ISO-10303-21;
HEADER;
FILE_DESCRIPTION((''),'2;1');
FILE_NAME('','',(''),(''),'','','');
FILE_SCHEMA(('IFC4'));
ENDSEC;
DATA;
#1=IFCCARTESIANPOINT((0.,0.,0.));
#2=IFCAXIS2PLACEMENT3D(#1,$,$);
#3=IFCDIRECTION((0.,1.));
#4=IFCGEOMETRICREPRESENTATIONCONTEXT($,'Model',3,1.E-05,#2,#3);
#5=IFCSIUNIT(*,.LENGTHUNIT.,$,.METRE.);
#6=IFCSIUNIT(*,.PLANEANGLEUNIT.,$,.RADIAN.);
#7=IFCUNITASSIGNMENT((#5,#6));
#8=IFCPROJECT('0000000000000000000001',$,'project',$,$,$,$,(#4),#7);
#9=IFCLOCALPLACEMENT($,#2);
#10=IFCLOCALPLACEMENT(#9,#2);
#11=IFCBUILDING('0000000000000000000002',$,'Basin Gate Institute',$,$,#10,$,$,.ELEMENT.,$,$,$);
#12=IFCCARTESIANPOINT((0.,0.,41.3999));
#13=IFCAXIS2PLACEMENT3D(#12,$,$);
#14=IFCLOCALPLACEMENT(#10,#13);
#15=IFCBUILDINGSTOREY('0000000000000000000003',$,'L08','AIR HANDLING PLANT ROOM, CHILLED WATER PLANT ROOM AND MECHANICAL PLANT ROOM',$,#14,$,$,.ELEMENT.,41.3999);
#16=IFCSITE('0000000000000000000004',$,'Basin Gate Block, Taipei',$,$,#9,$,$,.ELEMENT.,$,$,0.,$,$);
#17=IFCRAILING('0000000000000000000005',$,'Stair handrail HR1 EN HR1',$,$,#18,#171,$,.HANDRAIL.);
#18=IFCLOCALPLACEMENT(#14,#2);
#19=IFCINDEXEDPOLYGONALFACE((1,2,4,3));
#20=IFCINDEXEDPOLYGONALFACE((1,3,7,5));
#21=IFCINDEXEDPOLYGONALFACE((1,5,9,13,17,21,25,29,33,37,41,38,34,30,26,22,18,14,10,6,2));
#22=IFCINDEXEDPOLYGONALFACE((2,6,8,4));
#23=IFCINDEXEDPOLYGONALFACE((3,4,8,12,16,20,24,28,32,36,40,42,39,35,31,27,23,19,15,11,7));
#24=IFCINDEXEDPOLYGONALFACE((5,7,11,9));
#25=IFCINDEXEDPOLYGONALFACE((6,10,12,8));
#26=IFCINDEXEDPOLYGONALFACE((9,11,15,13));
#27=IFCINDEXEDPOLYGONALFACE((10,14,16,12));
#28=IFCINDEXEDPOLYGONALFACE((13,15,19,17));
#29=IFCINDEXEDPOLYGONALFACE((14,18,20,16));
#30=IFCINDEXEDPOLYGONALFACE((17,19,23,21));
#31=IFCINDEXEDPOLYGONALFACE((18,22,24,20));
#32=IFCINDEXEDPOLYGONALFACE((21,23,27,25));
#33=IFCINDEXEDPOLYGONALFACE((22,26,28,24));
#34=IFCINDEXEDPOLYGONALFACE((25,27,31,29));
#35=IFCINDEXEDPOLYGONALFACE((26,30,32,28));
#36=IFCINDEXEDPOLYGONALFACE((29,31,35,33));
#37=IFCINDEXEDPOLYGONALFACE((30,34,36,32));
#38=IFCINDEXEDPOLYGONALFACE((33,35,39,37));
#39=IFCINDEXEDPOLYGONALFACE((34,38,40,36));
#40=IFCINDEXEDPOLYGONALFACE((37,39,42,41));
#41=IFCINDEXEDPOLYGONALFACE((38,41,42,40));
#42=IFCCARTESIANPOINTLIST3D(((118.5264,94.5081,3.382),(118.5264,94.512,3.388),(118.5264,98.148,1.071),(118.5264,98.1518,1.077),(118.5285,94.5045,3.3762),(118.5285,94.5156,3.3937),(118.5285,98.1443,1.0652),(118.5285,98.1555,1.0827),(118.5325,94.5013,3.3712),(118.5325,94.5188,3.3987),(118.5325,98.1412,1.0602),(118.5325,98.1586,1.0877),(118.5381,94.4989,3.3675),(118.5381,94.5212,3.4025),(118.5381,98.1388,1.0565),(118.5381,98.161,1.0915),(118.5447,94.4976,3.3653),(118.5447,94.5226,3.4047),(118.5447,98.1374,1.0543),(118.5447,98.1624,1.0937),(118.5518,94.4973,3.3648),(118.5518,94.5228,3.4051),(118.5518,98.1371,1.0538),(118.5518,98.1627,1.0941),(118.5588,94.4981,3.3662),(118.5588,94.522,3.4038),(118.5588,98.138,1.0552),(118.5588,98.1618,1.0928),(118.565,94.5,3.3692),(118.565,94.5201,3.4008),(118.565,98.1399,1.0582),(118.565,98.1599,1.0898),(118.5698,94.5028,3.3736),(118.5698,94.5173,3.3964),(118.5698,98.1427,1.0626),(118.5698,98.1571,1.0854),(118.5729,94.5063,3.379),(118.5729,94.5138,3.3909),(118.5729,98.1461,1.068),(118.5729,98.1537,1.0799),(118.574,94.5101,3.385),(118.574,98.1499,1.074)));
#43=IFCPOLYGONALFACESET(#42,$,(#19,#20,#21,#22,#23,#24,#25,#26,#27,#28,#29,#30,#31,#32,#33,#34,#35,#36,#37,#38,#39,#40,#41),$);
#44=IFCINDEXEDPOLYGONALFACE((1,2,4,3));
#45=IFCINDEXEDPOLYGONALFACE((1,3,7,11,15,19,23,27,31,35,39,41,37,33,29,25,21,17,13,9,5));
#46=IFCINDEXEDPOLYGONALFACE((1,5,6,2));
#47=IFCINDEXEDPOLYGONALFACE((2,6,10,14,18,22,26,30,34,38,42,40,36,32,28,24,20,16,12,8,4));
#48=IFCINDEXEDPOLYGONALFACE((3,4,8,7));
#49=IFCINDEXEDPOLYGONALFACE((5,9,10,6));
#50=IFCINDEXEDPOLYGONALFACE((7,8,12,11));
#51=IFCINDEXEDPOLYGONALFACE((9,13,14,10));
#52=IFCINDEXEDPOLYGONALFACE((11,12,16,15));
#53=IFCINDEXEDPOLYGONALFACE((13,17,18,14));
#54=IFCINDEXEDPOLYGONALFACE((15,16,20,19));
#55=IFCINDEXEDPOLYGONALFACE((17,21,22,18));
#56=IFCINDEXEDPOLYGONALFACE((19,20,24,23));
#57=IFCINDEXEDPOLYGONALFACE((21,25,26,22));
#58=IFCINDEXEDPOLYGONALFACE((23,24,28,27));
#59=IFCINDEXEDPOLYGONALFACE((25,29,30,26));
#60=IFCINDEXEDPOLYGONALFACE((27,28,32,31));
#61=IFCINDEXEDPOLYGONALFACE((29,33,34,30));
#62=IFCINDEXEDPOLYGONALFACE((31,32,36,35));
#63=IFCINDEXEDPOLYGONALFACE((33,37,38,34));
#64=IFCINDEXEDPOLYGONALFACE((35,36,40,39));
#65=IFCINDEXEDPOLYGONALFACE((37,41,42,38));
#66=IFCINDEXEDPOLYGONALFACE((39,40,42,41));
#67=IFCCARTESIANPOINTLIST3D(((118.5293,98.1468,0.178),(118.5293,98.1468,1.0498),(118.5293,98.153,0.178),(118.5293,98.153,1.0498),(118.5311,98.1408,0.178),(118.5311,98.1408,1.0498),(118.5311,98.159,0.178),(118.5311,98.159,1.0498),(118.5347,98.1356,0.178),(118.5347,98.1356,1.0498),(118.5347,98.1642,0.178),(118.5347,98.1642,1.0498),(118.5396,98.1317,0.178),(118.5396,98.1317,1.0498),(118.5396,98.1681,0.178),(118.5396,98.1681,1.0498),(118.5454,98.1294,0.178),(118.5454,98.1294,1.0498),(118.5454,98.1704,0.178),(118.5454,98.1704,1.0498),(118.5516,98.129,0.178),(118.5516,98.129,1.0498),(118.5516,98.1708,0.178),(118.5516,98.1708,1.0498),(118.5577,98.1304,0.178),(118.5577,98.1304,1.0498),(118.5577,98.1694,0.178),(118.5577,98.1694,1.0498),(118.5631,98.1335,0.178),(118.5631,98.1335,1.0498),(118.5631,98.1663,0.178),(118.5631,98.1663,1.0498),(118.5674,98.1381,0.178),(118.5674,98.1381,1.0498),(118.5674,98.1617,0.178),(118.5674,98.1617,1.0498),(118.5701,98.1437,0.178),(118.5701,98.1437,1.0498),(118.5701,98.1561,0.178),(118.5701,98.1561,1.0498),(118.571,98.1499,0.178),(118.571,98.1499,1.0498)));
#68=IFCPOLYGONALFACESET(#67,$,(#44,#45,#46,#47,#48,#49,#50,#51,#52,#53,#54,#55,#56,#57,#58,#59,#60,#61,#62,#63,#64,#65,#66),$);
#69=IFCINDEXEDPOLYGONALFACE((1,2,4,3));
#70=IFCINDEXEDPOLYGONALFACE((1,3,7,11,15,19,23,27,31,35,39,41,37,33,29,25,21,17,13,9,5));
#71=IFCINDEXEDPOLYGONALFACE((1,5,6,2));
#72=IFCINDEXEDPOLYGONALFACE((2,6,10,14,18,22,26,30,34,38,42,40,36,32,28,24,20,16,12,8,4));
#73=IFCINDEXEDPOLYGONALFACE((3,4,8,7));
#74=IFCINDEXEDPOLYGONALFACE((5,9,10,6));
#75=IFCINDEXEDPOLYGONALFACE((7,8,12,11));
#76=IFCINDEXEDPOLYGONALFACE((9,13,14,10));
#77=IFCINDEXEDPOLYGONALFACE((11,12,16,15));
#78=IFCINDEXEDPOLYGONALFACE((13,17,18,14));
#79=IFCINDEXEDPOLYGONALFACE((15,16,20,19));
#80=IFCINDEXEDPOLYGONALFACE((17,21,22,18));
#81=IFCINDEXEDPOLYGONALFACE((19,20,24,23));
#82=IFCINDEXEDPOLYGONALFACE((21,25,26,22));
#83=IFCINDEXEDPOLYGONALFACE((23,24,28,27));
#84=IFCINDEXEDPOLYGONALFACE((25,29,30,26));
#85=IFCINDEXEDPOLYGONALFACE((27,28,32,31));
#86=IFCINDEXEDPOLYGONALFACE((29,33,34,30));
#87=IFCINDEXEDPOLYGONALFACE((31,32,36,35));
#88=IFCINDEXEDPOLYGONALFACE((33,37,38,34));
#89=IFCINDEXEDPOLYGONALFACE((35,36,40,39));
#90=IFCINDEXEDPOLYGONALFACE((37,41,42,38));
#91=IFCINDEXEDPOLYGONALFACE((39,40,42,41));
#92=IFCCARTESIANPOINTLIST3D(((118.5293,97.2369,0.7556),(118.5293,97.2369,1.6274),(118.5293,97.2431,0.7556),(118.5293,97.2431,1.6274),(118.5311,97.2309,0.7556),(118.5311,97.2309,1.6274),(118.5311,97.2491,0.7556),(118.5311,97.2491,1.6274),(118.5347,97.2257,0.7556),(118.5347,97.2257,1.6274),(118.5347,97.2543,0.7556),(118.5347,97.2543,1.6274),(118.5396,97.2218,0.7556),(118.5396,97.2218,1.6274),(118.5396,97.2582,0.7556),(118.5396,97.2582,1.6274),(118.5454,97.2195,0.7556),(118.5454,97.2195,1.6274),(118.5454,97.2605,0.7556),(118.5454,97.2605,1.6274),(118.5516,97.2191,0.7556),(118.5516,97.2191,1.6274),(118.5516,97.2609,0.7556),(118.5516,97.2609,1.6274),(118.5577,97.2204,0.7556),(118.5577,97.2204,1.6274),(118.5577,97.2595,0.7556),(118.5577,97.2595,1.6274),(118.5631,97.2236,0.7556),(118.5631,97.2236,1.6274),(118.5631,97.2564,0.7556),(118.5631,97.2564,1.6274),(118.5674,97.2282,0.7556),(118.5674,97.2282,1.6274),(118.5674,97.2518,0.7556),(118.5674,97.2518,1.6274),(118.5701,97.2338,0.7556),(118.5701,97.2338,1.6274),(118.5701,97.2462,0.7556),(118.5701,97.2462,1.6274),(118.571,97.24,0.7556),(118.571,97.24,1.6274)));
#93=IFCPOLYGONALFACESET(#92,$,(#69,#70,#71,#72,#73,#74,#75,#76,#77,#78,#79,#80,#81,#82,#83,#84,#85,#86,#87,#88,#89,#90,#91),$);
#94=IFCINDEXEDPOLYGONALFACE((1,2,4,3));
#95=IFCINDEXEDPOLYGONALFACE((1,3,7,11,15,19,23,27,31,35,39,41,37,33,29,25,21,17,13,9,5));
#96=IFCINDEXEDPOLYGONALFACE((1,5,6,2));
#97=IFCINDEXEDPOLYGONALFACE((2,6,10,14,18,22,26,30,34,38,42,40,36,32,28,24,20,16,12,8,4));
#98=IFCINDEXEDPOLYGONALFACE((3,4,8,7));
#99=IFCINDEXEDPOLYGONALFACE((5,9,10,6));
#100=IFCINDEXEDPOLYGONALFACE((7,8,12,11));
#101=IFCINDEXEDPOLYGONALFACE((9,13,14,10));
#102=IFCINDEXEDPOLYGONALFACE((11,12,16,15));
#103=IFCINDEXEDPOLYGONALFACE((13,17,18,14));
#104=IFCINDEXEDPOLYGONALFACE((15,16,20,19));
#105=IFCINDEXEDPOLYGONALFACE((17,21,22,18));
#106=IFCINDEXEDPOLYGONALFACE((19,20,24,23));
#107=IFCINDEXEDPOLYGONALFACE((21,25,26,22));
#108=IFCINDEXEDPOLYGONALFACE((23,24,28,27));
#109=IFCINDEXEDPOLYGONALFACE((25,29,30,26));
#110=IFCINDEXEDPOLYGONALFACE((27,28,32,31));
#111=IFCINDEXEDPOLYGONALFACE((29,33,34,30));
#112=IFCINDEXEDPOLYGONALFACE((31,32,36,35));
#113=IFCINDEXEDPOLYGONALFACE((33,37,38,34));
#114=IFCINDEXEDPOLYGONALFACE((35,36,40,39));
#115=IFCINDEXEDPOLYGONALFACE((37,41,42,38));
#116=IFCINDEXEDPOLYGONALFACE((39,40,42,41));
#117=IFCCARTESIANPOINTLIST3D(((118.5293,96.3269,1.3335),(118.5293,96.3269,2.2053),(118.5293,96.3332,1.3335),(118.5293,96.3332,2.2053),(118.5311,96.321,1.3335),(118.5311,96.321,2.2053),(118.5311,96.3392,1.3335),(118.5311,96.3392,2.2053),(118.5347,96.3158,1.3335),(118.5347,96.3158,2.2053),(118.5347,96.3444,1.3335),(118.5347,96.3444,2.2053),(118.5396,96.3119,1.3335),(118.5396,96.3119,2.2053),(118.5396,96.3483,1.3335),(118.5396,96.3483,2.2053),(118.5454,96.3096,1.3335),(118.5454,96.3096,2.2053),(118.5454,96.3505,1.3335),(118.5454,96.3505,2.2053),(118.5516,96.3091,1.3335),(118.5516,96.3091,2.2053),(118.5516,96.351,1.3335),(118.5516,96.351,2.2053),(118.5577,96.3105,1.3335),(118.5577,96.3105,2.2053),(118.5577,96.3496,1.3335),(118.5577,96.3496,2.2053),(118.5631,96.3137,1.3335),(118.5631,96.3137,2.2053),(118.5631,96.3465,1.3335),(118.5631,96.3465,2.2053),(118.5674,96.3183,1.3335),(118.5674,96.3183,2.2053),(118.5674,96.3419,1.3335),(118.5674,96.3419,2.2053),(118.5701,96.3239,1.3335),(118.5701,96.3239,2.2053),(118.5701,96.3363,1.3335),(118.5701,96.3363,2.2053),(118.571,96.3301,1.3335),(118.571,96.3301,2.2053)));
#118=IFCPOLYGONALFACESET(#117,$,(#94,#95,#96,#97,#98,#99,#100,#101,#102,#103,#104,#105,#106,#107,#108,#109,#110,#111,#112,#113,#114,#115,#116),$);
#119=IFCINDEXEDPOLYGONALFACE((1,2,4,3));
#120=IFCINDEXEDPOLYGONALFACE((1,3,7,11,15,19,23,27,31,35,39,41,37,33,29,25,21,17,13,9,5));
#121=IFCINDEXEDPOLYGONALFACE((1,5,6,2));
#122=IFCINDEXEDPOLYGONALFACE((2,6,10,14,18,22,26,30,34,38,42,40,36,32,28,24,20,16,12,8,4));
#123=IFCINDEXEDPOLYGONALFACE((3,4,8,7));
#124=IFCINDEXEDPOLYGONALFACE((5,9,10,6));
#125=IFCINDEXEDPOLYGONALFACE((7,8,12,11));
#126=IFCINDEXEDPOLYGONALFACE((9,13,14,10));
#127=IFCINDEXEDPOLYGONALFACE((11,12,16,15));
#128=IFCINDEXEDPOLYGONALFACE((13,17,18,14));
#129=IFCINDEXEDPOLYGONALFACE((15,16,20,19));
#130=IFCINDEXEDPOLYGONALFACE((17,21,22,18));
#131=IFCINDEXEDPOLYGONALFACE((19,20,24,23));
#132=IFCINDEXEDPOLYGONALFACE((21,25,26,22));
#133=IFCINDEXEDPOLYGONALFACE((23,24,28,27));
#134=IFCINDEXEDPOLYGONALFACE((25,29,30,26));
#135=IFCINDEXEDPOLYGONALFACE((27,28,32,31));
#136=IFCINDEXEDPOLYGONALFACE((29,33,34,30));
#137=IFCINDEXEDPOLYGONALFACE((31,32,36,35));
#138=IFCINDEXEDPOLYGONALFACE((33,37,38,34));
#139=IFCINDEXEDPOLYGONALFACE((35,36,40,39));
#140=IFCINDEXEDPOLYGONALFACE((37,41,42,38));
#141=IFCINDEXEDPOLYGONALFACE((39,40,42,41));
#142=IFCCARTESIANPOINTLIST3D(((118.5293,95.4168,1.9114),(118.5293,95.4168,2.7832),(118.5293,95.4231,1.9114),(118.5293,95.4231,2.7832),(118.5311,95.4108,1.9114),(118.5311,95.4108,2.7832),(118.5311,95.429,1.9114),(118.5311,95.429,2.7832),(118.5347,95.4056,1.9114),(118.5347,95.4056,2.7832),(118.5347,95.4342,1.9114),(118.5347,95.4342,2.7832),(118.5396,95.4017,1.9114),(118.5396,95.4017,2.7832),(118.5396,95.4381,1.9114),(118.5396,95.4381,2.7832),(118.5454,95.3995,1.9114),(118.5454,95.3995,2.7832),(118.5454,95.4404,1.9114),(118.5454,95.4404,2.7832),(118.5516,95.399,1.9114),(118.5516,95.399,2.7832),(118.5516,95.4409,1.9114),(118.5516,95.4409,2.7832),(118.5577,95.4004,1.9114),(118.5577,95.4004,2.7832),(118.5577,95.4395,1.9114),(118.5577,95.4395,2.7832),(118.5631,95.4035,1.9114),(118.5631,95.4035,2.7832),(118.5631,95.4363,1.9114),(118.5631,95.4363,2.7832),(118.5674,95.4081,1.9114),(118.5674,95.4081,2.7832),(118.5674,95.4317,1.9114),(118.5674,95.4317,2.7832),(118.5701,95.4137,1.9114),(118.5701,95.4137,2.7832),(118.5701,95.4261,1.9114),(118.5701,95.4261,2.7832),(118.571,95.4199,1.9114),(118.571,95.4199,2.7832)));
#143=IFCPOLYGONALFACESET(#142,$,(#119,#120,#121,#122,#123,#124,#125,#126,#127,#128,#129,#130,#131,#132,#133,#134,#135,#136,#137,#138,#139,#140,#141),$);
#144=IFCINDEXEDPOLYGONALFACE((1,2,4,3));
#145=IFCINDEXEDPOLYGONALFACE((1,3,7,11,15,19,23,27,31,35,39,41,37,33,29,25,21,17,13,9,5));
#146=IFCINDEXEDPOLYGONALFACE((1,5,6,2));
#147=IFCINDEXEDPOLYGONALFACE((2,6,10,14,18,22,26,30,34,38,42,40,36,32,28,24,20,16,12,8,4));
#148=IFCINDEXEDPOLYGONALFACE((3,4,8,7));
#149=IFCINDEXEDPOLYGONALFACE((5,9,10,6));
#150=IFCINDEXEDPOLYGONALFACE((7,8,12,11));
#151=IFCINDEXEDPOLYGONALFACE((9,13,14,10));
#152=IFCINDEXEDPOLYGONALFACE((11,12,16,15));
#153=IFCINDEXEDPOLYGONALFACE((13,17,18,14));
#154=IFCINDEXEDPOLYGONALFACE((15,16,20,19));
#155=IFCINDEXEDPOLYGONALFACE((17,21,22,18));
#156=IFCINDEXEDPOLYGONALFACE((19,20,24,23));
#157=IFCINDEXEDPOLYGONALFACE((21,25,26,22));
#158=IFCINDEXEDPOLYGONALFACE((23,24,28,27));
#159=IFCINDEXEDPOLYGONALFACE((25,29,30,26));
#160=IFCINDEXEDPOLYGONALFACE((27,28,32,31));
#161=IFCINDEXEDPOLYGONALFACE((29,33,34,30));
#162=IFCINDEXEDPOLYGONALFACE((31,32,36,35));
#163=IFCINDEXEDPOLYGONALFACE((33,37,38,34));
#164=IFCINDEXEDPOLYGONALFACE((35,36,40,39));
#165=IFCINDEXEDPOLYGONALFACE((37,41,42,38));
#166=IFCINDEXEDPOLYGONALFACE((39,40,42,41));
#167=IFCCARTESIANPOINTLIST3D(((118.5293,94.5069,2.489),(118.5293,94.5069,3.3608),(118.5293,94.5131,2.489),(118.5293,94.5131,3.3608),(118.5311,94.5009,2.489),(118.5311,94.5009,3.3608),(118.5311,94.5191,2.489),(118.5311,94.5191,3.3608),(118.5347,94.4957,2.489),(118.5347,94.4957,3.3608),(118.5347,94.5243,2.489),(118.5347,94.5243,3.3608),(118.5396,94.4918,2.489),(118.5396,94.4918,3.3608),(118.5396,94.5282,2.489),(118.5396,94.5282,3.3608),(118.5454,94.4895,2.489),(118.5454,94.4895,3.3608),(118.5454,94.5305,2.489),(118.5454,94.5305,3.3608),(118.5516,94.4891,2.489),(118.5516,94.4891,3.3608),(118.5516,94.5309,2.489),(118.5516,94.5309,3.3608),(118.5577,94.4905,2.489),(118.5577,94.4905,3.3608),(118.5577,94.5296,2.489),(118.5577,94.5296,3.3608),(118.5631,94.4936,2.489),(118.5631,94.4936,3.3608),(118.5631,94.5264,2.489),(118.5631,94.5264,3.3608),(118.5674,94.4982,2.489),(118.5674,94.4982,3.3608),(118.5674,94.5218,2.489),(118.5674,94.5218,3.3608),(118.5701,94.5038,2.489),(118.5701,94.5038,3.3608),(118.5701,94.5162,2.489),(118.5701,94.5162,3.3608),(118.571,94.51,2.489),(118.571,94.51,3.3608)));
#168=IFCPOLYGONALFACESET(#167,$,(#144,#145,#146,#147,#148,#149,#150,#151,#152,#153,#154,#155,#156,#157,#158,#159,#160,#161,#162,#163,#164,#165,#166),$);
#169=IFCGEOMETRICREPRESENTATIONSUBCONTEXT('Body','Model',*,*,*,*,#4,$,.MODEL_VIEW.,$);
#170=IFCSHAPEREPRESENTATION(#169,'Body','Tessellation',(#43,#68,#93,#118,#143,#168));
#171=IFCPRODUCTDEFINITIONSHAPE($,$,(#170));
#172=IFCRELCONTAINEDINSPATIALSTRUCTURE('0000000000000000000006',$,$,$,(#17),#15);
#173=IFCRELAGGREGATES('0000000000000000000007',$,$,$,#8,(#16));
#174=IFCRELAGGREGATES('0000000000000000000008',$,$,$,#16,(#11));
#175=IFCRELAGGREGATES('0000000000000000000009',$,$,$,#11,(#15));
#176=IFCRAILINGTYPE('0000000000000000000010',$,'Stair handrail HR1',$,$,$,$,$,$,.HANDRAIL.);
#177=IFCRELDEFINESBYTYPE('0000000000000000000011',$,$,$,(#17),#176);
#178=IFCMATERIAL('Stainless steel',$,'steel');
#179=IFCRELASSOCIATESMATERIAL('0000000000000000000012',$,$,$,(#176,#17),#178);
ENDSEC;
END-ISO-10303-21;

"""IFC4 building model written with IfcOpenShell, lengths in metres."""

from ifc_helpers import new_model, si_unit, direction, frame, origin, origin_2d, place, context, subcontext, project, spatial, circle, extrude, material, type_object, element, save


model = new_model("IFC4")

# Units and contexts
model_context = context("Model", 3, precision=1e-05, world=origin(), true_north=direction((0.0, 1.0)))
body_context = subcontext(model_context, "Body", "Model", "MODEL_VIEW")
ifc_project = project(units=[si_unit("LENGTHUNIT", "METRE"), si_unit("PLANEANGLEUNIT", "RADIAN")], contexts=[model_context])

# Site, building, storey
site_placement = place(None, origin())
site = spatial("IfcSite", under=ifc_project, at=site_placement, Name="Basin Gate Block, Taipei", CompositionType="ELEMENT", RefElevation=0.0)
building_placement = place(site_placement, origin())
building = spatial("IfcBuilding", under=site, at=building_placement, Name="Basin Gate Institute", CompositionType="ELEMENT")
storey_placement = place(building_placement, frame((0.0, 0.0, 41.3999)))
storey = spatial("IfcBuildingStorey", under=building, at=storey_placement, Name="L08", Description="AIR HANDLING PLANT ROOM, CHILLED WATER PLANT ROOM AND MECHANICAL PLANT ROOM", CompositionType="ELEMENT", Elevation=41.3999)

# Railing
ifc_material_1 = material(Name="Stainless steel", Category="steel")
railing_type_1 = type_object("IfcRailingType", Name="Stair handrail HR1", PredefinedType="HANDRAIL", material=ifc_material_1)
for number, where, name in (
    (1, (118.55, 98.1499, 0.178), "Stair handrail HR1 EN HR1"),
):
    element("IfcRailing", number, at=place(storey_placement, frame(where)), inside=storey, type_object=railing_type_1, material=ifc_material_1, Name=name, PredefinedType="HANDRAIL", context=body_context, shape_type="SweptSolid", body=[
        extrude(circle(Radius=0.0239, at=origin_2d()), frame((0.0, 0.0, 0.896), z_axis=(0.0, -0.844214, 0.536007), x_axis=(1.0, 0.0, 0.0)), (0.0, 0.0, 1.0), 4.3115),
        extrude(circle(Radius=0.021, at=origin_2d()), origin(), (0.0, 0.0, 1.0), 0.8718),
        extrude(circle(Radius=0.021, at=origin_2d()), frame((0.0, -0.9099, 0.5776)), (0.0, 0.0, 1.0), 0.8718),
        extrude(circle(Radius=0.021, at=origin_2d()), frame((0.0, -1.8198, 1.1555)), (0.0, 0.0, 1.0), 0.8718),
        extrude(circle(Radius=0.021, at=origin_2d()), frame((0.0, -2.73, 1.7334)), (0.0, 0.0, 1.0), 0.8718),
        extrude(circle(Radius=0.021, at=origin_2d()), frame((0.0, -3.6399, 2.311)), (0.0, 0.0, 1.0), 0.8718),
    ])

save(model, "model.ifc")
